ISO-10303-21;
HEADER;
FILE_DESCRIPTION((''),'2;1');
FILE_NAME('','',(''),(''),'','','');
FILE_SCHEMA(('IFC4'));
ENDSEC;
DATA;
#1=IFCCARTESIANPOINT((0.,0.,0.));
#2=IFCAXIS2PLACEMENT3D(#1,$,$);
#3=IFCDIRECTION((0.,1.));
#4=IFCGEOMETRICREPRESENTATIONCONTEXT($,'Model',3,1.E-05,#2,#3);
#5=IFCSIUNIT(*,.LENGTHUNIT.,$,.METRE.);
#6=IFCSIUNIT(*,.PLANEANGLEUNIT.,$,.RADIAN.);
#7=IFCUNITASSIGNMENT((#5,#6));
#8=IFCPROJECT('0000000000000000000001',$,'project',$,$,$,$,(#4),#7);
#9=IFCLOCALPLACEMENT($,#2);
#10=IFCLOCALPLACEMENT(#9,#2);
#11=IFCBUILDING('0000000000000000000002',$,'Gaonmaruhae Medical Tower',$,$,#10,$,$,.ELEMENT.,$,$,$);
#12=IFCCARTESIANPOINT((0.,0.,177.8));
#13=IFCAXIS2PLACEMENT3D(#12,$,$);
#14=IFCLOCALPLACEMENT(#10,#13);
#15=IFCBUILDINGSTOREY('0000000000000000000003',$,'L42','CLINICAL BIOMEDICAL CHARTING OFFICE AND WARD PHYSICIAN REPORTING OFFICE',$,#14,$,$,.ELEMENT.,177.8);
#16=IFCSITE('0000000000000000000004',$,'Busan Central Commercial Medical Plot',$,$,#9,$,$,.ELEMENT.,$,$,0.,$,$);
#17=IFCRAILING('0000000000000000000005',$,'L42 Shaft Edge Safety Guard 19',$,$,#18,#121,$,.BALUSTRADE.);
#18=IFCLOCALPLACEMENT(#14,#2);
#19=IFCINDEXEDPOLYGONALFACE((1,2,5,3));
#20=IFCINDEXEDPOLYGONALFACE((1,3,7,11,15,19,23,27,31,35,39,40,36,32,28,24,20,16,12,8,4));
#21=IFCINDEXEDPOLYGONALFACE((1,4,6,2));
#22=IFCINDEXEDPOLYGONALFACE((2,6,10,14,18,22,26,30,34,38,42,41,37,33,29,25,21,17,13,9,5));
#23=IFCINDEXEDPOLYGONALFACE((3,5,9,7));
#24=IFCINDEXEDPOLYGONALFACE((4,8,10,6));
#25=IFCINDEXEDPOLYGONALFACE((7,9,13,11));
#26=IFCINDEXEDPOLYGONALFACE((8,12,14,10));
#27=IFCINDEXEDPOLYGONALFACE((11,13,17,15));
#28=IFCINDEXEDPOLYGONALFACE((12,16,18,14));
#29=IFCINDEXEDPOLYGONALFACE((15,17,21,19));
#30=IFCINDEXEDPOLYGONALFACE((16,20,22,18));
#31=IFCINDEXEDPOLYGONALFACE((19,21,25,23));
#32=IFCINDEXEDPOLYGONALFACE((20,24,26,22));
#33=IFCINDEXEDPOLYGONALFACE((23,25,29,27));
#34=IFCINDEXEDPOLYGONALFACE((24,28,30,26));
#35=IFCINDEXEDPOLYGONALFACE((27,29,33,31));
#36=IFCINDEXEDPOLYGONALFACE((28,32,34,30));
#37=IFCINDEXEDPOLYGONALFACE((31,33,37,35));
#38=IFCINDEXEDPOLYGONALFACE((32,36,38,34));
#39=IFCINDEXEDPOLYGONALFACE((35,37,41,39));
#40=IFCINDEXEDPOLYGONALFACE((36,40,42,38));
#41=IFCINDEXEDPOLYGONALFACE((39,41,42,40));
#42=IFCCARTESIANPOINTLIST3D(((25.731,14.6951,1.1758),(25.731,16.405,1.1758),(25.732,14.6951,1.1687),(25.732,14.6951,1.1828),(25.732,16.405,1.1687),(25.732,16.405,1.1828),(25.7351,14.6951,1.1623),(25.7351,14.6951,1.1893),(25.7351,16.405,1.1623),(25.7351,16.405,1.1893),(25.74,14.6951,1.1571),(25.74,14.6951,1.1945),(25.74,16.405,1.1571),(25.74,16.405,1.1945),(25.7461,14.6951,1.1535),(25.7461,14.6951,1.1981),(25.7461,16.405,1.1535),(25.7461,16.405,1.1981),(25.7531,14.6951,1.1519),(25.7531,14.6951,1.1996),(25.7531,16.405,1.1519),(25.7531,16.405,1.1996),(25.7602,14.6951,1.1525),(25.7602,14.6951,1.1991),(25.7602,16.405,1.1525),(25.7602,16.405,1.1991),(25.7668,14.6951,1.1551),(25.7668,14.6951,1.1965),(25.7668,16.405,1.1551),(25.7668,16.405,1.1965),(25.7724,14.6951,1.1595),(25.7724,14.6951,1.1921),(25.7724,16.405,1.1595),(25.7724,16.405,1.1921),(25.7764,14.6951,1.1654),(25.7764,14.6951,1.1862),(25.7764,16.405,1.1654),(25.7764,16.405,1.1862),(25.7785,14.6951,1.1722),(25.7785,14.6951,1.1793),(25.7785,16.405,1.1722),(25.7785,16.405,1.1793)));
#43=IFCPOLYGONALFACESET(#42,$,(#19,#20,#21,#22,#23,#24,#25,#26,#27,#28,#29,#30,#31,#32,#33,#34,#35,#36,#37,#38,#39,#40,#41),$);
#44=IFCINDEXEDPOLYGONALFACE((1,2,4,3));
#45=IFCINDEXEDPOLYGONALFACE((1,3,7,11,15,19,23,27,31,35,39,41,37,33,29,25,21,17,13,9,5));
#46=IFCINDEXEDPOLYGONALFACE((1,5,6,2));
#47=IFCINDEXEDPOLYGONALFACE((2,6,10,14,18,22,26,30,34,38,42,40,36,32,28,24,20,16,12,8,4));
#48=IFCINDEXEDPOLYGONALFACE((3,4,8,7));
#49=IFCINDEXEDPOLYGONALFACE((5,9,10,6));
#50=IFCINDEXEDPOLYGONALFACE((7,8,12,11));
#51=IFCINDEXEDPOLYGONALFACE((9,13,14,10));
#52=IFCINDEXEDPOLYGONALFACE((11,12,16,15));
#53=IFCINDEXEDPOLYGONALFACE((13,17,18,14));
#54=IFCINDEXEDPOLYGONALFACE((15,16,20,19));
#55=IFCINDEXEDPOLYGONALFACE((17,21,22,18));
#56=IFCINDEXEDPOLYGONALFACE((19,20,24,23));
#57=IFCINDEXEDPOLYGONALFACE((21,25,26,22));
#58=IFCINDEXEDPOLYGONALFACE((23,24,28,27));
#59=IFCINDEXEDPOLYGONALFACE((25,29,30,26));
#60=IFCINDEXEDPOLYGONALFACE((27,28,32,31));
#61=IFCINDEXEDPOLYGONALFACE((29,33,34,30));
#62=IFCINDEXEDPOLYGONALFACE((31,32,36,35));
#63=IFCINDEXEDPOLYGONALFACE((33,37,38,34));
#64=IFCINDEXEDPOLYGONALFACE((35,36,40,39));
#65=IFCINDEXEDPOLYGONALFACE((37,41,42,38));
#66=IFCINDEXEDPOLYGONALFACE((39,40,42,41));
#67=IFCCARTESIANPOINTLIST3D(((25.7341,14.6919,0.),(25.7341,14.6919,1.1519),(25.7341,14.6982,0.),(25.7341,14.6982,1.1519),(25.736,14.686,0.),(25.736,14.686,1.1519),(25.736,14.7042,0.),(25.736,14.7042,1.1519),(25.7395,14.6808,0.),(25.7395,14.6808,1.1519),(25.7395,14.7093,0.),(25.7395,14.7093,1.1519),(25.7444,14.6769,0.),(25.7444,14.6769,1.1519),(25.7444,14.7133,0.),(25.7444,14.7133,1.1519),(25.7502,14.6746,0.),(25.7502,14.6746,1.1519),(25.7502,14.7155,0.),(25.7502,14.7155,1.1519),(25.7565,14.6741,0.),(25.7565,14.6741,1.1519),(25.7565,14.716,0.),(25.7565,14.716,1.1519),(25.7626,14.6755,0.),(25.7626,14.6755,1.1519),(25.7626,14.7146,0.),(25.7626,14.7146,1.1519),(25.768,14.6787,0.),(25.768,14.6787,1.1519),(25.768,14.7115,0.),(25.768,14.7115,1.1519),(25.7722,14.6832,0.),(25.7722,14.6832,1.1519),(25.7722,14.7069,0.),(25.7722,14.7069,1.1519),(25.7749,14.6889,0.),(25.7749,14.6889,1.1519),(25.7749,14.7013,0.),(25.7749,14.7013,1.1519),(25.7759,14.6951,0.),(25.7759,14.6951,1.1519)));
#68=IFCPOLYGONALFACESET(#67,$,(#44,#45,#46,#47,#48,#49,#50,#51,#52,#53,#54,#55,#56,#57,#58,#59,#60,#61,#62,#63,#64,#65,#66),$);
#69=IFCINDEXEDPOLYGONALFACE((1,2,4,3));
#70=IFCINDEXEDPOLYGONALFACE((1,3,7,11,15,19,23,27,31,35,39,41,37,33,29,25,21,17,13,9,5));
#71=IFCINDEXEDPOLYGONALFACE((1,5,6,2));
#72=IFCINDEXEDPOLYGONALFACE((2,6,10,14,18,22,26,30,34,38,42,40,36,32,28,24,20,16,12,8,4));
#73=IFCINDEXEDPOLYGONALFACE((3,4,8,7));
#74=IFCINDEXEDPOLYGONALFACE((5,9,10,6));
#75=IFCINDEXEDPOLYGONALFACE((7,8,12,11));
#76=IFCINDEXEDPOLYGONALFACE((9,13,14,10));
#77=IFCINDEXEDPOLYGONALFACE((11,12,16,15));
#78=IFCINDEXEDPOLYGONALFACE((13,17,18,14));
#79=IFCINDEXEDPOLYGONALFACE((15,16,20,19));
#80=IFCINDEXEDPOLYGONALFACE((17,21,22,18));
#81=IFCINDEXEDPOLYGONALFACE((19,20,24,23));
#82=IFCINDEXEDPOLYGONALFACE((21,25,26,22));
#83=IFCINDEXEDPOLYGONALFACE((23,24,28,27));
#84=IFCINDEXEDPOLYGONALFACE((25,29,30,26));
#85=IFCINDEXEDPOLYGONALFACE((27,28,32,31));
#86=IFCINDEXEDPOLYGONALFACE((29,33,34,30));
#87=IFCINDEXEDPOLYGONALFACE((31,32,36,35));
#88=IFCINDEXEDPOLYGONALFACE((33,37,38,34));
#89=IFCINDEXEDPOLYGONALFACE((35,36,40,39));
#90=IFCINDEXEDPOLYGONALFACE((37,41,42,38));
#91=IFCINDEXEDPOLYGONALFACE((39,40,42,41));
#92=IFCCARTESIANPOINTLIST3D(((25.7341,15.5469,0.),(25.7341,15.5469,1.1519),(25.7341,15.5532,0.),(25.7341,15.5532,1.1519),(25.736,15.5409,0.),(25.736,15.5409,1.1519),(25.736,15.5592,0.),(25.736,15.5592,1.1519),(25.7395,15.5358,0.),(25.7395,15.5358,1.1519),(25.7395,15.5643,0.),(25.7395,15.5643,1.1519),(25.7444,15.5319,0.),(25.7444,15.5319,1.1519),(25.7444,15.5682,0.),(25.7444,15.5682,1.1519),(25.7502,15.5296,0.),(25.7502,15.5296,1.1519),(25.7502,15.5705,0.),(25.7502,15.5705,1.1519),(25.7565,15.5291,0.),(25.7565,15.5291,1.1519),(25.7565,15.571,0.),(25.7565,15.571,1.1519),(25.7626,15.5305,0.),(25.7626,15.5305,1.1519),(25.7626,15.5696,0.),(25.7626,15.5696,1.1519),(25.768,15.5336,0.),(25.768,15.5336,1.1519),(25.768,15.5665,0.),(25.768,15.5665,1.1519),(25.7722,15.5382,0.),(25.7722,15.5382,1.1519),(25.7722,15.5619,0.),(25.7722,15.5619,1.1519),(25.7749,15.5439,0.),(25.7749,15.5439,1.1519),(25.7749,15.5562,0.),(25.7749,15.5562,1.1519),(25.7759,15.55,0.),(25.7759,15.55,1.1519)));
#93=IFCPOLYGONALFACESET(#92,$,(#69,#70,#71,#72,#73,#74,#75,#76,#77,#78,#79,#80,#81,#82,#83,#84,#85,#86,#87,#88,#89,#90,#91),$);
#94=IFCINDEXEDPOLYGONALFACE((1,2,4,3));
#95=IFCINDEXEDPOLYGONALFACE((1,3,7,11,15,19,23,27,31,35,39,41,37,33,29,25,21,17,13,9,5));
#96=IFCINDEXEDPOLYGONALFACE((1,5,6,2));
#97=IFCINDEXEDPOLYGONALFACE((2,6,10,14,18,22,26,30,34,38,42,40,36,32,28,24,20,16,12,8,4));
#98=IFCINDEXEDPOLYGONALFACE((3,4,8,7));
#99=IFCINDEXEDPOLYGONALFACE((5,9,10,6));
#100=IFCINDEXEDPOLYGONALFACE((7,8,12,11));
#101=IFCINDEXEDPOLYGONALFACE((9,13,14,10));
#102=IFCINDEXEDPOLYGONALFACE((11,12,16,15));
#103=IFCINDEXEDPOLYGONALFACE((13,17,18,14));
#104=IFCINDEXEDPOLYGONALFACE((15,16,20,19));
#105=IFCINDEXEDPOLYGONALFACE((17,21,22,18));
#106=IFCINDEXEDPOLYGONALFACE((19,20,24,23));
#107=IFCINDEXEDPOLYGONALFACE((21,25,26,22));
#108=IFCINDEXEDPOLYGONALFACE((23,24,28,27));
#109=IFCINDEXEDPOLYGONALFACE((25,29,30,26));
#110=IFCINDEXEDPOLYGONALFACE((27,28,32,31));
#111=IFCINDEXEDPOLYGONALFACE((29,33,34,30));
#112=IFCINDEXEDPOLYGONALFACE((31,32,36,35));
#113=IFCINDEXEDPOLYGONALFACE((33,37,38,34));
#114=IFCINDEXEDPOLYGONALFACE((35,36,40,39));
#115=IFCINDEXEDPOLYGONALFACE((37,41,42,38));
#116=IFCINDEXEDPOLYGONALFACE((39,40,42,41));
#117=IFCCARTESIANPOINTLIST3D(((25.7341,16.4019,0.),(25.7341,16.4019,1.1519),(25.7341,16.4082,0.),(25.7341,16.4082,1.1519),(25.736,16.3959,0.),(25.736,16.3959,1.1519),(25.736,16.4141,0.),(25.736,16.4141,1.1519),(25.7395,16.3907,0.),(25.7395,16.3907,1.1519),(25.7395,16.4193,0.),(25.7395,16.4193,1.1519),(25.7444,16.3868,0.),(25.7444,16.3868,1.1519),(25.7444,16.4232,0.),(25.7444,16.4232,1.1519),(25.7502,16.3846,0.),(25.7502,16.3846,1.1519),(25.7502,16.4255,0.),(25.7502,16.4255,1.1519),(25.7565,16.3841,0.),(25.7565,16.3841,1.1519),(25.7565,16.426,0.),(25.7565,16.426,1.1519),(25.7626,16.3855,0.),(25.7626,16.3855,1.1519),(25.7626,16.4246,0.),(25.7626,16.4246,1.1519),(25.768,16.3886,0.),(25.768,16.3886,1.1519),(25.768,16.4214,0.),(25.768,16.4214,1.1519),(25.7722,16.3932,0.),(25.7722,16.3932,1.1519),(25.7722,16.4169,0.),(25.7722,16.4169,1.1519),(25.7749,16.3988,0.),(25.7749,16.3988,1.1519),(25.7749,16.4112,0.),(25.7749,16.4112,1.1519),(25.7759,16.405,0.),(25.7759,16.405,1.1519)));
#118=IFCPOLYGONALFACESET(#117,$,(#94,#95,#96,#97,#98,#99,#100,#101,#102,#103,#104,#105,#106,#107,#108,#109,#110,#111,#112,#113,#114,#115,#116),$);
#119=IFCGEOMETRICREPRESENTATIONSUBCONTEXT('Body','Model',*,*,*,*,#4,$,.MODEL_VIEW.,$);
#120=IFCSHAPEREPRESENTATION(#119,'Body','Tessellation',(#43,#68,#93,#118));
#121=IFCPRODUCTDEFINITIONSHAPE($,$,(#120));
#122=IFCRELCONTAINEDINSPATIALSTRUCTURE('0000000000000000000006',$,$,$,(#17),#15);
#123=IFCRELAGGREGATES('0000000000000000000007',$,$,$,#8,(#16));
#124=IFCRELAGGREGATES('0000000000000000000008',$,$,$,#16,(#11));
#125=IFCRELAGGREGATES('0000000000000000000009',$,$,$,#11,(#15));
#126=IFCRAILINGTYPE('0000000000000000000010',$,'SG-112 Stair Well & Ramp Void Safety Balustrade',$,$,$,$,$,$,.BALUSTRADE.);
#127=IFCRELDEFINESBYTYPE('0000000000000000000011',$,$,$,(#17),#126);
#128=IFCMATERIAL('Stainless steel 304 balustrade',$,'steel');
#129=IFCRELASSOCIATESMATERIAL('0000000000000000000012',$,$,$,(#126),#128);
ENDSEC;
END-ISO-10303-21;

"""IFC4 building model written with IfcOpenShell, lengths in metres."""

from ifc_helpers import new_model, si_unit, direction, frame, origin, origin_2d, place, context, subcontext, project, spatial, circle, extrude, material, type_object, element, save


model = new_model("IFC4")

# Units and contexts
model_context = context("Model", 3, precision=1e-05, world=origin(), true_north=direction((0.0, 1.0)))
body_context = subcontext(model_context, "Body", "Model", "MODEL_VIEW")
ifc_project = project(units=[si_unit("LENGTHUNIT", "METRE"), si_unit("PLANEANGLEUNIT", "RADIAN")], contexts=[model_context])

# Site, building, storey
site_placement = place(None, origin())
site = spatial("IfcSite", under=ifc_project, at=site_placement, Name="Busan Central Commercial Medical Plot", CompositionType="ELEMENT", RefElevation=0.0)
building_placement = place(site_placement, origin())
building = spatial("IfcBuilding", under=site, at=building_placement, Name="Gaonmaruhae Medical Tower", CompositionType="ELEMENT")
storey_placement = place(building_placement, frame((0.0, 0.0, 177.8)))
storey = spatial("IfcBuildingStorey", under=building, at=storey_placement, Name="L42", Description="CLINICAL BIOMEDICAL CHARTING OFFICE AND WARD PHYSICIAN REPORTING OFFICE", CompositionType="ELEMENT", Elevation=177.8)

# Railing
ifc_material_1 = material(Name="Stainless steel 304 balustrade", Category="steel")
railing_type = type_object("IfcRailingType", Name="SG-112 Stair Well & Ramp Void Safety Balustrade", PredefinedType="BALUSTRADE", material=ifc_material_1)
railing_1_placement = place(storey_placement, frame((25.7549, 14.6951, 0.0)))
element("IfcRailing", 1, at=railing_1_placement, inside=storey, type_object=railing_type, Name="L42 Shaft Edge Safety Guard 19", PredefinedType="BALUSTRADE", context=body_context, shape_type="SweptSolid", body=[
    extrude(circle(Radius=0.0239, at=origin_2d()), frame((0.0, 0.0, 1.1758), z_axis=(0.0, 1.0, 0.0), x_axis=(-1.0, 0.0, 0.0)), (0.0, 0.0, 1.0), 1.71),
    extrude(circle(Radius=0.021, at=origin_2d()), origin(), (0.0, 0.0, 1.0), 1.1519),
    extrude(circle(Radius=0.021, at=origin_2d()), frame((0.0, 0.855, 0.0)), (0.0, 0.0, 1.0), 1.1519),
    extrude(circle(Radius=0.021, at=origin_2d()), frame((0.0, 1.71, 0.0)), (0.0, 0.0, 1.0), 1.1519),
])

save(model, "model.ifc")
